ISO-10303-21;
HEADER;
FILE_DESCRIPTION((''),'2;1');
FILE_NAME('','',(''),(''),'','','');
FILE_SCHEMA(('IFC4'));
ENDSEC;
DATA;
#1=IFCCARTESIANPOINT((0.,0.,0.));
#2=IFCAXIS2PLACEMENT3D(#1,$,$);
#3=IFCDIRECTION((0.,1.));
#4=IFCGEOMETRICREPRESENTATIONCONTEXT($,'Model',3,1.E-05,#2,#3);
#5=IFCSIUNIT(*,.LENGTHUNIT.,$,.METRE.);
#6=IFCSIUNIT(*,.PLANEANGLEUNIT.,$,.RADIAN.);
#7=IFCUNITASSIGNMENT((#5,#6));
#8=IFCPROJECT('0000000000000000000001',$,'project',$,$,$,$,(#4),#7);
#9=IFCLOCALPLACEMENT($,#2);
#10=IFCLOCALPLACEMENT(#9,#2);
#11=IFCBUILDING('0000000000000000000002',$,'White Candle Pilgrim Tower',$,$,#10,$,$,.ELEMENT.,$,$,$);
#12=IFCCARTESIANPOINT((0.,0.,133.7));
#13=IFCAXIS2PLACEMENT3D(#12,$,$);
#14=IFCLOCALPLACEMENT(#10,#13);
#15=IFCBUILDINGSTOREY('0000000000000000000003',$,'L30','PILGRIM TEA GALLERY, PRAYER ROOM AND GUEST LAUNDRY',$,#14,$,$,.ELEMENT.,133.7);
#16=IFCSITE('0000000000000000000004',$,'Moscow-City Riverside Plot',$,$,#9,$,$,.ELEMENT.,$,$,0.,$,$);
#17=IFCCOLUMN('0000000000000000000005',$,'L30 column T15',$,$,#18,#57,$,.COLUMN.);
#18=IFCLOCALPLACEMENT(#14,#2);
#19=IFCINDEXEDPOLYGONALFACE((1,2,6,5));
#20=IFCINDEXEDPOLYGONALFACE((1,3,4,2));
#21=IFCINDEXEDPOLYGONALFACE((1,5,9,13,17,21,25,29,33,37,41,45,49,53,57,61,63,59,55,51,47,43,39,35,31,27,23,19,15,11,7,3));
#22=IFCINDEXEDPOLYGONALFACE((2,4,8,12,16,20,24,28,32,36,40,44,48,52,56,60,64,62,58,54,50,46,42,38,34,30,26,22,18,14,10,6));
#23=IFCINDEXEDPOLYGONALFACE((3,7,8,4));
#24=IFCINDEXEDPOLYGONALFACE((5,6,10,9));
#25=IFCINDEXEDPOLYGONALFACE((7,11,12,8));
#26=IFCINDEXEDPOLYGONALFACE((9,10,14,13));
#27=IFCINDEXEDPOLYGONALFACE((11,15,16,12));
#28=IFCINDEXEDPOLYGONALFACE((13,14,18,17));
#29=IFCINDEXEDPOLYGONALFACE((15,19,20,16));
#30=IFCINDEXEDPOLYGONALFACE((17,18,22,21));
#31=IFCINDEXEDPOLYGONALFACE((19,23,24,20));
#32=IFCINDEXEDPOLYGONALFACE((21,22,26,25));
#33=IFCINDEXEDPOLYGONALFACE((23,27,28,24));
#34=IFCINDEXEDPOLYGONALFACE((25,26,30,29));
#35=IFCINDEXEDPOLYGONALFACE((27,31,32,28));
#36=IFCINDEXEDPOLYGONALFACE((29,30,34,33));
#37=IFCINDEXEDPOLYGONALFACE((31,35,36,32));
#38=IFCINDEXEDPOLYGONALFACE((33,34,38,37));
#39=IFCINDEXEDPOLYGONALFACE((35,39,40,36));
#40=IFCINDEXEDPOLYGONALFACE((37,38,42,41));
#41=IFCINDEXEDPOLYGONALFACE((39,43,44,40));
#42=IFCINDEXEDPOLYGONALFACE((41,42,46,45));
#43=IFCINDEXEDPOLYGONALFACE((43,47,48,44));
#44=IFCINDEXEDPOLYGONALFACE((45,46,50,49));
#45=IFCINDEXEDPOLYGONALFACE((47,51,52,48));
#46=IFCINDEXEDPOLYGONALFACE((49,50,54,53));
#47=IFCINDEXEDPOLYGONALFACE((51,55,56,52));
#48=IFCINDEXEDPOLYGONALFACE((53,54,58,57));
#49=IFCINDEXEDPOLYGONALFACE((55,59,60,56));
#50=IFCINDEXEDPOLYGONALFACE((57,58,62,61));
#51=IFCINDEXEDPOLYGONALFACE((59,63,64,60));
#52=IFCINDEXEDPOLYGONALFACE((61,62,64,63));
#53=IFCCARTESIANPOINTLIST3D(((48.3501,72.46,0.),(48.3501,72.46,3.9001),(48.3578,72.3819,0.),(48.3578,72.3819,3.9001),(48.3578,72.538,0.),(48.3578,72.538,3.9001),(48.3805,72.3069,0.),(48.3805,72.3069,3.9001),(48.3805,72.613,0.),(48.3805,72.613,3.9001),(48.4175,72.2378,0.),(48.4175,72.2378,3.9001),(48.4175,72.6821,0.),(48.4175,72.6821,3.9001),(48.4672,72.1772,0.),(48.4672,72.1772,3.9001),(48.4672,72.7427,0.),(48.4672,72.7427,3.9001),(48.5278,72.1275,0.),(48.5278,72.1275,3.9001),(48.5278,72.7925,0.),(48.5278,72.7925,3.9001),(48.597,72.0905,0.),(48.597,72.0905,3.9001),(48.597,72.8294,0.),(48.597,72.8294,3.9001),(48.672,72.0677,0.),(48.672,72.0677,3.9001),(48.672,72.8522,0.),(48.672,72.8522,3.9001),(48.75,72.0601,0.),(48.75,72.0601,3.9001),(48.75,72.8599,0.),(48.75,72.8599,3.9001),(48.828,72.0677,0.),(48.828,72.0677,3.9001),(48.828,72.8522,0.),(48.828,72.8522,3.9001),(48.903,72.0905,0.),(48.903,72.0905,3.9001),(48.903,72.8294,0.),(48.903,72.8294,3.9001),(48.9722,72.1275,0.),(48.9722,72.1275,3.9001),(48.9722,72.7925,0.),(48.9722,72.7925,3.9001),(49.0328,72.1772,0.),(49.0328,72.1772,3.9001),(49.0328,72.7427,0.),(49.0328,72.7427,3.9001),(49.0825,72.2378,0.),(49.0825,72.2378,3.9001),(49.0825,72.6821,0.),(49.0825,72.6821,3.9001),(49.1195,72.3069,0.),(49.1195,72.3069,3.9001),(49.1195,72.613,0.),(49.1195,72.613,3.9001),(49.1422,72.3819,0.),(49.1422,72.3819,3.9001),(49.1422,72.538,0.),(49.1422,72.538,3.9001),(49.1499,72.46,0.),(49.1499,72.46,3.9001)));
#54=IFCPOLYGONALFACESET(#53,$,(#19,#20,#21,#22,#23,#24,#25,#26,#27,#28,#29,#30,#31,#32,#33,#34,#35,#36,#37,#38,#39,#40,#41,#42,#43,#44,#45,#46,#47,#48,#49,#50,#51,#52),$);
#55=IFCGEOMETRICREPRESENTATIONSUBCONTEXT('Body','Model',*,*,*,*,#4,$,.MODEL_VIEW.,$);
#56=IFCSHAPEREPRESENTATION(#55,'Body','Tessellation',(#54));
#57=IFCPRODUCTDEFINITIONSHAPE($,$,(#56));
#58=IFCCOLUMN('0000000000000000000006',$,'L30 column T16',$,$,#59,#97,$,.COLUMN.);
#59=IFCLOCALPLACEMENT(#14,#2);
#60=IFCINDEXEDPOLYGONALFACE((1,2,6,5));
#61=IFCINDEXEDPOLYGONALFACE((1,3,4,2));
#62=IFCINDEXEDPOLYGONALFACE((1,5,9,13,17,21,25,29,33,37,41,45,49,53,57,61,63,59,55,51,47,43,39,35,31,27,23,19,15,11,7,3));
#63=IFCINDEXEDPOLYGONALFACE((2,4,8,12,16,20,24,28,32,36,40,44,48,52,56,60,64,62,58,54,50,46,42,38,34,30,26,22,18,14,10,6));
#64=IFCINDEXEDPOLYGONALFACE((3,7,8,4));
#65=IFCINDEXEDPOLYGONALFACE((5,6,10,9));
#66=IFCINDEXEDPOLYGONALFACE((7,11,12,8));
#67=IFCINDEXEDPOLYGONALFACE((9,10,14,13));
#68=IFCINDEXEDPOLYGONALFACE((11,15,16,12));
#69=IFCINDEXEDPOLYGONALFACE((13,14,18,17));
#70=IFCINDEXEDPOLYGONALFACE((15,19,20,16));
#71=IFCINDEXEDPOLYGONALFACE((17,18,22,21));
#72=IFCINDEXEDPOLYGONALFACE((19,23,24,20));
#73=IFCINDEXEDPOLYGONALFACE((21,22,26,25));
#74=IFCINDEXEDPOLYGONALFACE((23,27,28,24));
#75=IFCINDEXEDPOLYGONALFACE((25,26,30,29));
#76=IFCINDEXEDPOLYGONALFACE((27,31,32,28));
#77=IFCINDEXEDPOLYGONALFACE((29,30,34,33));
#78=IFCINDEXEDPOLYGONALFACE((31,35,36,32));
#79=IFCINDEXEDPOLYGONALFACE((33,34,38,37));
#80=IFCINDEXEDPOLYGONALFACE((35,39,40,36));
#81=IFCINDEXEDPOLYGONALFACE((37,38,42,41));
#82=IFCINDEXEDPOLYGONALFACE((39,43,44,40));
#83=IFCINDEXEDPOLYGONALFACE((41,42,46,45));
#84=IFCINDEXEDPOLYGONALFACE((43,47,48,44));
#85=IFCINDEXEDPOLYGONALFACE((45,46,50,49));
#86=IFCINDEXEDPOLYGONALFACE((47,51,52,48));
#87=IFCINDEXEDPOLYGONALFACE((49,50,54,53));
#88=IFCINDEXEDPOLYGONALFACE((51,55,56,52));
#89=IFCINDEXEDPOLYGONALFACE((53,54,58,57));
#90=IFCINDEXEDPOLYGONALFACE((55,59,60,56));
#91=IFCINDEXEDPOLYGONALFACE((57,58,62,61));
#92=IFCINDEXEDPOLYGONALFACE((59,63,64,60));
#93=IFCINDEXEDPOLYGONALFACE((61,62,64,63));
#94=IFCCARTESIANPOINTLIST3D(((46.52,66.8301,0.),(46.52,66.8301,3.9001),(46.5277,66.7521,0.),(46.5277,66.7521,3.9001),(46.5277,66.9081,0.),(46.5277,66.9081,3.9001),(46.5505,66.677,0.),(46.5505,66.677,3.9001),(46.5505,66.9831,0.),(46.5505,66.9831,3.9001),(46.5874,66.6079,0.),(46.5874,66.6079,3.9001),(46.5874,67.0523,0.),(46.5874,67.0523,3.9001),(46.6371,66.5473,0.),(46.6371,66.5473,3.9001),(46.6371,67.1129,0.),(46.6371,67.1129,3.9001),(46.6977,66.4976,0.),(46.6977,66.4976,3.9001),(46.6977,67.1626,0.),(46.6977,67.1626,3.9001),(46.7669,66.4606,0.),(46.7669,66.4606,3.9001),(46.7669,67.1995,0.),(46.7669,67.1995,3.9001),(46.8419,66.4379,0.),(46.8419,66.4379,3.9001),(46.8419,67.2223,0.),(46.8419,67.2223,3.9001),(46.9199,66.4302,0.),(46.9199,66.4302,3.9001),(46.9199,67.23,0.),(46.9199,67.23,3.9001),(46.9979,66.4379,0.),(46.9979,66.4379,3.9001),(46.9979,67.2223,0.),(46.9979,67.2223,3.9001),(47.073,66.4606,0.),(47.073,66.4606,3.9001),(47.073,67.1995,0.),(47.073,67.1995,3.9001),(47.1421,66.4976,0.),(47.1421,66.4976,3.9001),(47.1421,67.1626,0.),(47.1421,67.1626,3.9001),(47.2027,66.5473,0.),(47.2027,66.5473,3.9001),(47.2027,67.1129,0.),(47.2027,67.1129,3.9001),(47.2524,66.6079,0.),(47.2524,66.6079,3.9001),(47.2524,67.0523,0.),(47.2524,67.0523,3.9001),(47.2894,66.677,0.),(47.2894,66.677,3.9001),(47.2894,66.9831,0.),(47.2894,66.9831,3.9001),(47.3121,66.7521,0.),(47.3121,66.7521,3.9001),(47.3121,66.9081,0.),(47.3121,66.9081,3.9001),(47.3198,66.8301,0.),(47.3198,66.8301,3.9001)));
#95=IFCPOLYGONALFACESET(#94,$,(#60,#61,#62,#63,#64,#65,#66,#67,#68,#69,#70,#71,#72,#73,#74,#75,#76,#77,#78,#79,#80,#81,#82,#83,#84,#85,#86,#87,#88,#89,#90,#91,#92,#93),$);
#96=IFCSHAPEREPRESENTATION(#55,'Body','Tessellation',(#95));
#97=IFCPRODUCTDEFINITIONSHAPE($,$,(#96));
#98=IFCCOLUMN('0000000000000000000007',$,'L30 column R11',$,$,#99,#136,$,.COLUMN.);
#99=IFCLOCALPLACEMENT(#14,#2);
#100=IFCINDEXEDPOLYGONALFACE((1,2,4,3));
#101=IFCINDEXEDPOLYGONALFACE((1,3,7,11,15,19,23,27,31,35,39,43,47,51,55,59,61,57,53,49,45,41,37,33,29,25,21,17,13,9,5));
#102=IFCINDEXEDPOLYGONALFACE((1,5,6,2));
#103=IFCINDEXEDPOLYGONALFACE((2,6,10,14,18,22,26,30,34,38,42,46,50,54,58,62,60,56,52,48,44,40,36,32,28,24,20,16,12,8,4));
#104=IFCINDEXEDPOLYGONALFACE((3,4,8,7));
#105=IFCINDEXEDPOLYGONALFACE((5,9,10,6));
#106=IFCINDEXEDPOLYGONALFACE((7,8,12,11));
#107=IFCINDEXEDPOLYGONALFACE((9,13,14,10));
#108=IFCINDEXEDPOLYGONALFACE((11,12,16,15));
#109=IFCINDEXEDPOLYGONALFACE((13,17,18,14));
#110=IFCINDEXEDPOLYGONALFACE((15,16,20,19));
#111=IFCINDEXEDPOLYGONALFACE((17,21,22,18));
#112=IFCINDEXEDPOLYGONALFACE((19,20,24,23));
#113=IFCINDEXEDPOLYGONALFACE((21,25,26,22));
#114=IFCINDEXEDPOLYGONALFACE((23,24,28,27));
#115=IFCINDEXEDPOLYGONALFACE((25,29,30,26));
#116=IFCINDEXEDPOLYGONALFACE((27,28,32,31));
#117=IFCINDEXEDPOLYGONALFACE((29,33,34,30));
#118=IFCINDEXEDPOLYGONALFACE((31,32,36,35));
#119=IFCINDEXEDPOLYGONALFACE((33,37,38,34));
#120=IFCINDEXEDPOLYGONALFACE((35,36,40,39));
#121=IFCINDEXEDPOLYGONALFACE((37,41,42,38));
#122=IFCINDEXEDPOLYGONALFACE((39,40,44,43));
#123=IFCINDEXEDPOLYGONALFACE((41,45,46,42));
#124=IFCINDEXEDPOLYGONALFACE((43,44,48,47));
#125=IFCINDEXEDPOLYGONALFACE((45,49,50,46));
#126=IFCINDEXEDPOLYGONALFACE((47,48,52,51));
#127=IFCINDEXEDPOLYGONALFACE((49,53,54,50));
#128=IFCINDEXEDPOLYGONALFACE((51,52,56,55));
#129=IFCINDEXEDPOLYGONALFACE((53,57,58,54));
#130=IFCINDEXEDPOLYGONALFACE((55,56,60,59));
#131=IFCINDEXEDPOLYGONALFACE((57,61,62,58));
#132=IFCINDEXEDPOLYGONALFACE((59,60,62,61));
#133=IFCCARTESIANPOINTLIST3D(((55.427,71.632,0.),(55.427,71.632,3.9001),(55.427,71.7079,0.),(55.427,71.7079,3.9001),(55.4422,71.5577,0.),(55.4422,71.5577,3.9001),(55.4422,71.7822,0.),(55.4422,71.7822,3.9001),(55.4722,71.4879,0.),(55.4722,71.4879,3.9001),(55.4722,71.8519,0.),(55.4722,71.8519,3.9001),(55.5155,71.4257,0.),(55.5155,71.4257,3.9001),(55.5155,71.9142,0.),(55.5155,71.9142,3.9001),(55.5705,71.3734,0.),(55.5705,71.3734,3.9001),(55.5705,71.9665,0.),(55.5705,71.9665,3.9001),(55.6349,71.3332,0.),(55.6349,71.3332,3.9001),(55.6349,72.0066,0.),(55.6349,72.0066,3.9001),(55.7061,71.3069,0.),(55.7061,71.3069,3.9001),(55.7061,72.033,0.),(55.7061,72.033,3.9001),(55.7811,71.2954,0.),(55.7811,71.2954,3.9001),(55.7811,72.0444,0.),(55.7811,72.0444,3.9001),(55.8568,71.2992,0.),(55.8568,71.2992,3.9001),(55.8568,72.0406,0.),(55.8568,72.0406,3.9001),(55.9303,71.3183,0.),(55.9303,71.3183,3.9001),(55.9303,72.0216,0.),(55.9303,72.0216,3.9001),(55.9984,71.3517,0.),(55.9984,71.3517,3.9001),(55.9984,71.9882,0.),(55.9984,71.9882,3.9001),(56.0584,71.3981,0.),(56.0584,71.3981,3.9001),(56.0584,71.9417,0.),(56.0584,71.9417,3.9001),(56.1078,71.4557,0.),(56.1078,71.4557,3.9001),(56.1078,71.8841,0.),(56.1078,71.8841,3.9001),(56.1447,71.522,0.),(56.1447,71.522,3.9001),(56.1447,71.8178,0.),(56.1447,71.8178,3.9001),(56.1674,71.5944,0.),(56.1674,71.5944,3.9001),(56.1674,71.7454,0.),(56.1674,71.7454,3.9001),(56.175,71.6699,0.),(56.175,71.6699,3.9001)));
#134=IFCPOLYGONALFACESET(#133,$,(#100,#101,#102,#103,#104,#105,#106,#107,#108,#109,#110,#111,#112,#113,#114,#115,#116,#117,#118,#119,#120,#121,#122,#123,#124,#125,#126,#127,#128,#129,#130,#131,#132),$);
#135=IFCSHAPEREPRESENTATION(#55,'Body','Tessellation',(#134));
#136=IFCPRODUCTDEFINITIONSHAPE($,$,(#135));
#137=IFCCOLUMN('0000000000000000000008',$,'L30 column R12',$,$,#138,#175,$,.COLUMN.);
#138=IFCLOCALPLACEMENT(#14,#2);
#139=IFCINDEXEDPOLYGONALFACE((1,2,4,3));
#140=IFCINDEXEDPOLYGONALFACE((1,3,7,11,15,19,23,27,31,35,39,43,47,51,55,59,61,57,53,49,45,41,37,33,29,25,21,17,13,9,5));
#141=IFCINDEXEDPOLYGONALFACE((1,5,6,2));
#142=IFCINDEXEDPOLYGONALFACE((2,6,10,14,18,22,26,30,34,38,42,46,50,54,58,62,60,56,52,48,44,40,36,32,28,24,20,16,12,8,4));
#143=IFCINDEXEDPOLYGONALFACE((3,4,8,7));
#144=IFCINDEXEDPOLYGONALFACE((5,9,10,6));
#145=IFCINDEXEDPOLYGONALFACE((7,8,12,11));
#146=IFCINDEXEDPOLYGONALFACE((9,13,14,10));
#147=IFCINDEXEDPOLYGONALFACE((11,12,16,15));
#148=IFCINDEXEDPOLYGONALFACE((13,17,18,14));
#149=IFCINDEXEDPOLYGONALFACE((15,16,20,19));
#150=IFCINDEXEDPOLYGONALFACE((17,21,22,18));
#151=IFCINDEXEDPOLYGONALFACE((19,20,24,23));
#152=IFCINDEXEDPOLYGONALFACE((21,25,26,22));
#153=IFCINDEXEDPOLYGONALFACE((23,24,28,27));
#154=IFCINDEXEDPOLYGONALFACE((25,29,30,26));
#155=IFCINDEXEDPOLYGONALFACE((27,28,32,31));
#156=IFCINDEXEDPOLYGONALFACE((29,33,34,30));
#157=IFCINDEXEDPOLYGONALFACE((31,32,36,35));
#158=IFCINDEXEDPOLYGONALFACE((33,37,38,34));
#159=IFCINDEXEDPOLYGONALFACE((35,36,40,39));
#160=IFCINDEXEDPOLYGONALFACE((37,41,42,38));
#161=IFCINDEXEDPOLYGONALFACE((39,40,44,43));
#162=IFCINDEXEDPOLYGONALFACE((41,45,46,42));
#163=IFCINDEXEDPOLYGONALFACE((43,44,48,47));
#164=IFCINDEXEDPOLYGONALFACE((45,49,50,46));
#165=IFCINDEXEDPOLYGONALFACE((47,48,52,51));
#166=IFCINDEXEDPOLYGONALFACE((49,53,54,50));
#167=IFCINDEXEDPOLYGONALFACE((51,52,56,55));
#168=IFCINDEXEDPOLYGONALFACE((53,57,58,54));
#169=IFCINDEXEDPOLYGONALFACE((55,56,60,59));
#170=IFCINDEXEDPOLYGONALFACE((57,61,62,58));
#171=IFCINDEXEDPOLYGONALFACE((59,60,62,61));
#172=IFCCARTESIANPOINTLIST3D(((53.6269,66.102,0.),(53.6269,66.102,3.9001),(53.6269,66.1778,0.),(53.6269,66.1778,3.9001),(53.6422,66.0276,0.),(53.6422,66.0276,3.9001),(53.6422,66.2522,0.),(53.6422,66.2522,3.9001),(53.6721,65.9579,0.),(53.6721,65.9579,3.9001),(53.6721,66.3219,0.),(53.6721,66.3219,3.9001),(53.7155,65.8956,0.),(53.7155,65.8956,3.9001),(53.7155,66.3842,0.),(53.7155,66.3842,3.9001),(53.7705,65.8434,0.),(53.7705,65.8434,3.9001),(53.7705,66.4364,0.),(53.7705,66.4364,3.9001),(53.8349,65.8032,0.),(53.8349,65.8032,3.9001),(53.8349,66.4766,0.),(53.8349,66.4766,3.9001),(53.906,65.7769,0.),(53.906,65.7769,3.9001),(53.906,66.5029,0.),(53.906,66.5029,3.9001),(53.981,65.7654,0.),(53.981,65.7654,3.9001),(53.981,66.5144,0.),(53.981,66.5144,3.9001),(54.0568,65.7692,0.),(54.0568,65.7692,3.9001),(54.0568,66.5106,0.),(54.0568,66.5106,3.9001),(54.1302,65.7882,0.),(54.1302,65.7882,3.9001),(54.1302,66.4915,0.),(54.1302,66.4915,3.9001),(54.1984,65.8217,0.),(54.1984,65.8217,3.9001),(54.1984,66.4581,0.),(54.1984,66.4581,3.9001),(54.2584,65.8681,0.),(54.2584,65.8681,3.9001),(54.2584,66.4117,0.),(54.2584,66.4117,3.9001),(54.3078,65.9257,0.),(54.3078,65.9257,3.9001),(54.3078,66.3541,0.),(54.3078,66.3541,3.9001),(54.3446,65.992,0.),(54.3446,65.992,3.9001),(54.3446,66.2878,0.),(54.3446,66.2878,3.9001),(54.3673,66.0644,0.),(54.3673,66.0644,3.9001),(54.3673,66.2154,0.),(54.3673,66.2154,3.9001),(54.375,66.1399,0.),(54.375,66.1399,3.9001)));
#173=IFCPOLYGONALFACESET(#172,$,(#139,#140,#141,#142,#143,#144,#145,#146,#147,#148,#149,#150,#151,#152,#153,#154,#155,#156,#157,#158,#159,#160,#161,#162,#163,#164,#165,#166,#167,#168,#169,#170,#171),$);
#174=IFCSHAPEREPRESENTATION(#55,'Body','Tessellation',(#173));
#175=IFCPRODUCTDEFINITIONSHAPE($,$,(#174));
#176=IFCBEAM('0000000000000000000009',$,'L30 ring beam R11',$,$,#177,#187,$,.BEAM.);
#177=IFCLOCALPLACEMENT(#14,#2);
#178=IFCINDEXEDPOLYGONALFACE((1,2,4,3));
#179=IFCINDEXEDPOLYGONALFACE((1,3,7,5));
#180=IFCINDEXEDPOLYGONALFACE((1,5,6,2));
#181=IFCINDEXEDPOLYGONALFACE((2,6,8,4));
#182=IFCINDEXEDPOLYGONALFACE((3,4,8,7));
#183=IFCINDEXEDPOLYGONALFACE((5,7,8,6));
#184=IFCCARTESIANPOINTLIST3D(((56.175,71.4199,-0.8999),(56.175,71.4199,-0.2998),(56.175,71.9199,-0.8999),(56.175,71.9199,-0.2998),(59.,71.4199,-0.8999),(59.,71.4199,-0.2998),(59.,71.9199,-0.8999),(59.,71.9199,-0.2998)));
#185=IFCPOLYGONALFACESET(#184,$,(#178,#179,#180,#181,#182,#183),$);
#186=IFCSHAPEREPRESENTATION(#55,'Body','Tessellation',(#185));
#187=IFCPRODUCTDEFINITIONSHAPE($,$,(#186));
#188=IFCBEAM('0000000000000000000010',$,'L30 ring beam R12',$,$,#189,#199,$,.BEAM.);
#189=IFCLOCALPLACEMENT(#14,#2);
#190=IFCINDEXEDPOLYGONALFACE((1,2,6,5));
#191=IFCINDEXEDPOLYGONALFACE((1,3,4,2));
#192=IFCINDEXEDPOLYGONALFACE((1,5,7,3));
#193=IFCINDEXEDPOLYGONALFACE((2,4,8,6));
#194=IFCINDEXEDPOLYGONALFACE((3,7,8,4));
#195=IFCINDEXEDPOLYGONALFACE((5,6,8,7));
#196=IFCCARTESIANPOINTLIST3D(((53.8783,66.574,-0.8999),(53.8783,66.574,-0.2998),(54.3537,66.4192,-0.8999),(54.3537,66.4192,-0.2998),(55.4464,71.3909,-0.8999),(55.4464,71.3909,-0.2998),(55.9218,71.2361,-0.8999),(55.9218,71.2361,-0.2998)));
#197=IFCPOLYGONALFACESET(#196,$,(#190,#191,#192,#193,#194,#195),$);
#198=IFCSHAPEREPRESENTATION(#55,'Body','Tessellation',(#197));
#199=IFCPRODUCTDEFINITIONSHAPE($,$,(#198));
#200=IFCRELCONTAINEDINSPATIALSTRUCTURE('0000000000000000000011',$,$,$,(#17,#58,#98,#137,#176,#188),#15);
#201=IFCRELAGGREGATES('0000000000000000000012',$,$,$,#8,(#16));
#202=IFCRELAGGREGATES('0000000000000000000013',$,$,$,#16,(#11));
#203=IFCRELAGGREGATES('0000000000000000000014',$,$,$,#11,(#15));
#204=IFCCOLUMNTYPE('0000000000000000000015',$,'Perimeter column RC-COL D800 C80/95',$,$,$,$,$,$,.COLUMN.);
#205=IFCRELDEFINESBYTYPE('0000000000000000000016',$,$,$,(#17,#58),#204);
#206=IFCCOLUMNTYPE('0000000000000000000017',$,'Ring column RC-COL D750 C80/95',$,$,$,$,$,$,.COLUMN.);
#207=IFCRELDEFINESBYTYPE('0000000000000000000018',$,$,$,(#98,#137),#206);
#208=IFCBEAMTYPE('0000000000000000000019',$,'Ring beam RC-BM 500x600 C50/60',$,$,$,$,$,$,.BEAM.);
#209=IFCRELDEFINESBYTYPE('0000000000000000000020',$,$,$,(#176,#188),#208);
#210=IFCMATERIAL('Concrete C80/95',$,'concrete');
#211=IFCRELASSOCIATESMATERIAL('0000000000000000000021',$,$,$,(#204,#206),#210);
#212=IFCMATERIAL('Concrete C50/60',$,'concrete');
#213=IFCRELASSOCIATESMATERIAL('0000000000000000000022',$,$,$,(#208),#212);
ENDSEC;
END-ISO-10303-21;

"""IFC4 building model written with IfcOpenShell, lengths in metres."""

from ifc_helpers import new_model, si_unit, direction, frame, origin, origin_2d, place, context, subcontext, project, spatial, rectangle, circle, extrude, material, material_profile, profile_set, type_object, element, save


model = new_model("IFC4")

# Units and contexts
model_context = context("Model", 3, precision=1e-05, world=origin(), true_north=direction((0.0, 1.0)))
body_context = subcontext(model_context, "Body", "Model", "MODEL_VIEW")
ifc_project = project(units=[si_unit("LENGTHUNIT", "METRE"), si_unit("PLANEANGLEUNIT", "RADIAN")], contexts=[model_context])

# Site, building, storey
site_placement = place(None, origin())
site = spatial("IfcSite", under=ifc_project, at=site_placement, Name="Moscow-City Riverside Plot", CompositionType="ELEMENT", RefElevation=0.0)
building_placement = place(site_placement, origin())
building = spatial("IfcBuilding", under=site, at=building_placement, Name="White Candle Pilgrim Tower", CompositionType="ELEMENT")
storey_placement = place(building_placement, frame((0.0, 0.0, 133.7)))
storey = spatial("IfcBuildingStorey", under=building, at=storey_placement, Name="L30", Description="PILGRIM TEA GALLERY, PRAYER ROOM AND GUEST LAUNDRY", CompositionType="ELEMENT", Elevation=133.7)

# Columns
ifc_material_1 = material(Name="Concrete C80/95", Category="concrete")
ifc_material_profile_1 = material_profile(ifc_material_1, circle(Radius=0.3999, at=origin_2d()), Name="RC-COL D800")
ifc_profile_set_1 = profile_set([ifc_material_profile_1], Name="Concrete C80/95")
column_type_1 = type_object("IfcColumnType", Name="Perimeter column RC-COL D800 C80/95", PredefinedType="COLUMN", material=ifc_profile_set_1)
for number, where, z_axis, x_axis, name in (
    (1, (48.75, 72.46, 0.0), (0.0, 0.0, 1.0), (1.0, 0.0, 0.0), "L30 column T15"),
    (2, (46.9199, 66.8301, 0.0), (0.0, 0.0, 1.0), (1.0, 0.0, 0.0), "L30 column T16"),
):
    element("IfcColumn", number, at=place(storey_placement, frame(where, z_axis=z_axis, x_axis=x_axis)), inside=storey, type_object=column_type_1, Name=name, PredefinedType="COLUMN", context=body_context, shape_type="SweptSolid", body=[
        extrude(circle(Radius=0.3999, at=origin_2d()), origin(), (0.0, 0.0, 1.0), 3.9001),
    ])
ifc_material_profile_2 = material_profile(ifc_material_1, circle(Radius=0.375, at=origin_2d()), Name="RC-COL D750")
ifc_profile_set_2 = profile_set([ifc_material_profile_2], Name="Concrete C80/95")
column_type_2 = type_object("IfcColumnType", Name="Ring column RC-COL D750 C80/95", PredefinedType="COLUMN", material=ifc_profile_set_2)
for number, where, z_axis, x_axis, name in (
    (3, (55.8, 71.6699, 0.0), (0.0, 0.0, 1.0), (1.0, 0.0, 0.0), "L30 column R11"),
    (4, (54.0, 66.1399, 0.0), (0.0, 0.0, 1.0), (1.0, 0.0, 0.0), "L30 column R12"),
):
    element("IfcColumn", number, at=place(storey_placement, frame(where, z_axis=z_axis, x_axis=x_axis)), inside=storey, type_object=column_type_2, Name=name, PredefinedType="COLUMN", context=body_context, shape_type="SweptSolid", body=[
        extrude(circle(Radius=0.375, at=origin_2d()), origin(), (0.0, 0.0, 1.0), 3.9001),
    ])

# Beams
ifc_material_2 = material(Name="Concrete C50/60", Category="concrete")
ifc_material_profile_3 = material_profile(ifc_material_2, rectangle(XDim=0.5, YDim=0.6001, at=origin_2d()), Name="RC-BM 500x600")
ifc_profile_set_3 = profile_set([ifc_material_profile_3], Name="Concrete C50/60")
beam_type_1 = type_object("IfcBeamType", Name="Ring beam RC-BM 500x600 C50/60", PredefinedType="BEAM", material=ifc_profile_set_3)
beam_1_placement = place(storey_placement, frame((56.175, 71.6699, -0.5999), z_axis=(1.0, 0.0, 0.0), x_axis=(0.0, 1.0, 0.0)))
element("IfcBeam", 5, at=beam_1_placement, inside=storey, type_object=beam_type_1, Name="L30 ring beam R11", PredefinedType="BEAM", context=body_context, shape_type="SweptSolid", body=[
    extrude(rectangle(XDim=0.5, YDim=0.6001, at=origin_2d()), origin(), (0.0, 0.0, 1.0), 2.825),
])
beam_2_placement = place(storey_placement, frame((55.6841, 71.3135, -0.5999), z_axis=(-0.309555, -0.950882, 0.0), x_axis=(0.950882, -0.309555, 0.0)))
element("IfcBeam", 6, at=beam_2_placement, inside=storey, type_object=beam_type_1, Name="L30 ring beam R12", PredefinedType="BEAM", context=body_context, shape_type="SweptSolid", body=[
    extrude(rectangle(XDim=0.5, YDim=0.6001, at=origin_2d()), origin(), (0.0, 0.0, 1.0), 5.0657),
])

save(model, "model.ifc")
